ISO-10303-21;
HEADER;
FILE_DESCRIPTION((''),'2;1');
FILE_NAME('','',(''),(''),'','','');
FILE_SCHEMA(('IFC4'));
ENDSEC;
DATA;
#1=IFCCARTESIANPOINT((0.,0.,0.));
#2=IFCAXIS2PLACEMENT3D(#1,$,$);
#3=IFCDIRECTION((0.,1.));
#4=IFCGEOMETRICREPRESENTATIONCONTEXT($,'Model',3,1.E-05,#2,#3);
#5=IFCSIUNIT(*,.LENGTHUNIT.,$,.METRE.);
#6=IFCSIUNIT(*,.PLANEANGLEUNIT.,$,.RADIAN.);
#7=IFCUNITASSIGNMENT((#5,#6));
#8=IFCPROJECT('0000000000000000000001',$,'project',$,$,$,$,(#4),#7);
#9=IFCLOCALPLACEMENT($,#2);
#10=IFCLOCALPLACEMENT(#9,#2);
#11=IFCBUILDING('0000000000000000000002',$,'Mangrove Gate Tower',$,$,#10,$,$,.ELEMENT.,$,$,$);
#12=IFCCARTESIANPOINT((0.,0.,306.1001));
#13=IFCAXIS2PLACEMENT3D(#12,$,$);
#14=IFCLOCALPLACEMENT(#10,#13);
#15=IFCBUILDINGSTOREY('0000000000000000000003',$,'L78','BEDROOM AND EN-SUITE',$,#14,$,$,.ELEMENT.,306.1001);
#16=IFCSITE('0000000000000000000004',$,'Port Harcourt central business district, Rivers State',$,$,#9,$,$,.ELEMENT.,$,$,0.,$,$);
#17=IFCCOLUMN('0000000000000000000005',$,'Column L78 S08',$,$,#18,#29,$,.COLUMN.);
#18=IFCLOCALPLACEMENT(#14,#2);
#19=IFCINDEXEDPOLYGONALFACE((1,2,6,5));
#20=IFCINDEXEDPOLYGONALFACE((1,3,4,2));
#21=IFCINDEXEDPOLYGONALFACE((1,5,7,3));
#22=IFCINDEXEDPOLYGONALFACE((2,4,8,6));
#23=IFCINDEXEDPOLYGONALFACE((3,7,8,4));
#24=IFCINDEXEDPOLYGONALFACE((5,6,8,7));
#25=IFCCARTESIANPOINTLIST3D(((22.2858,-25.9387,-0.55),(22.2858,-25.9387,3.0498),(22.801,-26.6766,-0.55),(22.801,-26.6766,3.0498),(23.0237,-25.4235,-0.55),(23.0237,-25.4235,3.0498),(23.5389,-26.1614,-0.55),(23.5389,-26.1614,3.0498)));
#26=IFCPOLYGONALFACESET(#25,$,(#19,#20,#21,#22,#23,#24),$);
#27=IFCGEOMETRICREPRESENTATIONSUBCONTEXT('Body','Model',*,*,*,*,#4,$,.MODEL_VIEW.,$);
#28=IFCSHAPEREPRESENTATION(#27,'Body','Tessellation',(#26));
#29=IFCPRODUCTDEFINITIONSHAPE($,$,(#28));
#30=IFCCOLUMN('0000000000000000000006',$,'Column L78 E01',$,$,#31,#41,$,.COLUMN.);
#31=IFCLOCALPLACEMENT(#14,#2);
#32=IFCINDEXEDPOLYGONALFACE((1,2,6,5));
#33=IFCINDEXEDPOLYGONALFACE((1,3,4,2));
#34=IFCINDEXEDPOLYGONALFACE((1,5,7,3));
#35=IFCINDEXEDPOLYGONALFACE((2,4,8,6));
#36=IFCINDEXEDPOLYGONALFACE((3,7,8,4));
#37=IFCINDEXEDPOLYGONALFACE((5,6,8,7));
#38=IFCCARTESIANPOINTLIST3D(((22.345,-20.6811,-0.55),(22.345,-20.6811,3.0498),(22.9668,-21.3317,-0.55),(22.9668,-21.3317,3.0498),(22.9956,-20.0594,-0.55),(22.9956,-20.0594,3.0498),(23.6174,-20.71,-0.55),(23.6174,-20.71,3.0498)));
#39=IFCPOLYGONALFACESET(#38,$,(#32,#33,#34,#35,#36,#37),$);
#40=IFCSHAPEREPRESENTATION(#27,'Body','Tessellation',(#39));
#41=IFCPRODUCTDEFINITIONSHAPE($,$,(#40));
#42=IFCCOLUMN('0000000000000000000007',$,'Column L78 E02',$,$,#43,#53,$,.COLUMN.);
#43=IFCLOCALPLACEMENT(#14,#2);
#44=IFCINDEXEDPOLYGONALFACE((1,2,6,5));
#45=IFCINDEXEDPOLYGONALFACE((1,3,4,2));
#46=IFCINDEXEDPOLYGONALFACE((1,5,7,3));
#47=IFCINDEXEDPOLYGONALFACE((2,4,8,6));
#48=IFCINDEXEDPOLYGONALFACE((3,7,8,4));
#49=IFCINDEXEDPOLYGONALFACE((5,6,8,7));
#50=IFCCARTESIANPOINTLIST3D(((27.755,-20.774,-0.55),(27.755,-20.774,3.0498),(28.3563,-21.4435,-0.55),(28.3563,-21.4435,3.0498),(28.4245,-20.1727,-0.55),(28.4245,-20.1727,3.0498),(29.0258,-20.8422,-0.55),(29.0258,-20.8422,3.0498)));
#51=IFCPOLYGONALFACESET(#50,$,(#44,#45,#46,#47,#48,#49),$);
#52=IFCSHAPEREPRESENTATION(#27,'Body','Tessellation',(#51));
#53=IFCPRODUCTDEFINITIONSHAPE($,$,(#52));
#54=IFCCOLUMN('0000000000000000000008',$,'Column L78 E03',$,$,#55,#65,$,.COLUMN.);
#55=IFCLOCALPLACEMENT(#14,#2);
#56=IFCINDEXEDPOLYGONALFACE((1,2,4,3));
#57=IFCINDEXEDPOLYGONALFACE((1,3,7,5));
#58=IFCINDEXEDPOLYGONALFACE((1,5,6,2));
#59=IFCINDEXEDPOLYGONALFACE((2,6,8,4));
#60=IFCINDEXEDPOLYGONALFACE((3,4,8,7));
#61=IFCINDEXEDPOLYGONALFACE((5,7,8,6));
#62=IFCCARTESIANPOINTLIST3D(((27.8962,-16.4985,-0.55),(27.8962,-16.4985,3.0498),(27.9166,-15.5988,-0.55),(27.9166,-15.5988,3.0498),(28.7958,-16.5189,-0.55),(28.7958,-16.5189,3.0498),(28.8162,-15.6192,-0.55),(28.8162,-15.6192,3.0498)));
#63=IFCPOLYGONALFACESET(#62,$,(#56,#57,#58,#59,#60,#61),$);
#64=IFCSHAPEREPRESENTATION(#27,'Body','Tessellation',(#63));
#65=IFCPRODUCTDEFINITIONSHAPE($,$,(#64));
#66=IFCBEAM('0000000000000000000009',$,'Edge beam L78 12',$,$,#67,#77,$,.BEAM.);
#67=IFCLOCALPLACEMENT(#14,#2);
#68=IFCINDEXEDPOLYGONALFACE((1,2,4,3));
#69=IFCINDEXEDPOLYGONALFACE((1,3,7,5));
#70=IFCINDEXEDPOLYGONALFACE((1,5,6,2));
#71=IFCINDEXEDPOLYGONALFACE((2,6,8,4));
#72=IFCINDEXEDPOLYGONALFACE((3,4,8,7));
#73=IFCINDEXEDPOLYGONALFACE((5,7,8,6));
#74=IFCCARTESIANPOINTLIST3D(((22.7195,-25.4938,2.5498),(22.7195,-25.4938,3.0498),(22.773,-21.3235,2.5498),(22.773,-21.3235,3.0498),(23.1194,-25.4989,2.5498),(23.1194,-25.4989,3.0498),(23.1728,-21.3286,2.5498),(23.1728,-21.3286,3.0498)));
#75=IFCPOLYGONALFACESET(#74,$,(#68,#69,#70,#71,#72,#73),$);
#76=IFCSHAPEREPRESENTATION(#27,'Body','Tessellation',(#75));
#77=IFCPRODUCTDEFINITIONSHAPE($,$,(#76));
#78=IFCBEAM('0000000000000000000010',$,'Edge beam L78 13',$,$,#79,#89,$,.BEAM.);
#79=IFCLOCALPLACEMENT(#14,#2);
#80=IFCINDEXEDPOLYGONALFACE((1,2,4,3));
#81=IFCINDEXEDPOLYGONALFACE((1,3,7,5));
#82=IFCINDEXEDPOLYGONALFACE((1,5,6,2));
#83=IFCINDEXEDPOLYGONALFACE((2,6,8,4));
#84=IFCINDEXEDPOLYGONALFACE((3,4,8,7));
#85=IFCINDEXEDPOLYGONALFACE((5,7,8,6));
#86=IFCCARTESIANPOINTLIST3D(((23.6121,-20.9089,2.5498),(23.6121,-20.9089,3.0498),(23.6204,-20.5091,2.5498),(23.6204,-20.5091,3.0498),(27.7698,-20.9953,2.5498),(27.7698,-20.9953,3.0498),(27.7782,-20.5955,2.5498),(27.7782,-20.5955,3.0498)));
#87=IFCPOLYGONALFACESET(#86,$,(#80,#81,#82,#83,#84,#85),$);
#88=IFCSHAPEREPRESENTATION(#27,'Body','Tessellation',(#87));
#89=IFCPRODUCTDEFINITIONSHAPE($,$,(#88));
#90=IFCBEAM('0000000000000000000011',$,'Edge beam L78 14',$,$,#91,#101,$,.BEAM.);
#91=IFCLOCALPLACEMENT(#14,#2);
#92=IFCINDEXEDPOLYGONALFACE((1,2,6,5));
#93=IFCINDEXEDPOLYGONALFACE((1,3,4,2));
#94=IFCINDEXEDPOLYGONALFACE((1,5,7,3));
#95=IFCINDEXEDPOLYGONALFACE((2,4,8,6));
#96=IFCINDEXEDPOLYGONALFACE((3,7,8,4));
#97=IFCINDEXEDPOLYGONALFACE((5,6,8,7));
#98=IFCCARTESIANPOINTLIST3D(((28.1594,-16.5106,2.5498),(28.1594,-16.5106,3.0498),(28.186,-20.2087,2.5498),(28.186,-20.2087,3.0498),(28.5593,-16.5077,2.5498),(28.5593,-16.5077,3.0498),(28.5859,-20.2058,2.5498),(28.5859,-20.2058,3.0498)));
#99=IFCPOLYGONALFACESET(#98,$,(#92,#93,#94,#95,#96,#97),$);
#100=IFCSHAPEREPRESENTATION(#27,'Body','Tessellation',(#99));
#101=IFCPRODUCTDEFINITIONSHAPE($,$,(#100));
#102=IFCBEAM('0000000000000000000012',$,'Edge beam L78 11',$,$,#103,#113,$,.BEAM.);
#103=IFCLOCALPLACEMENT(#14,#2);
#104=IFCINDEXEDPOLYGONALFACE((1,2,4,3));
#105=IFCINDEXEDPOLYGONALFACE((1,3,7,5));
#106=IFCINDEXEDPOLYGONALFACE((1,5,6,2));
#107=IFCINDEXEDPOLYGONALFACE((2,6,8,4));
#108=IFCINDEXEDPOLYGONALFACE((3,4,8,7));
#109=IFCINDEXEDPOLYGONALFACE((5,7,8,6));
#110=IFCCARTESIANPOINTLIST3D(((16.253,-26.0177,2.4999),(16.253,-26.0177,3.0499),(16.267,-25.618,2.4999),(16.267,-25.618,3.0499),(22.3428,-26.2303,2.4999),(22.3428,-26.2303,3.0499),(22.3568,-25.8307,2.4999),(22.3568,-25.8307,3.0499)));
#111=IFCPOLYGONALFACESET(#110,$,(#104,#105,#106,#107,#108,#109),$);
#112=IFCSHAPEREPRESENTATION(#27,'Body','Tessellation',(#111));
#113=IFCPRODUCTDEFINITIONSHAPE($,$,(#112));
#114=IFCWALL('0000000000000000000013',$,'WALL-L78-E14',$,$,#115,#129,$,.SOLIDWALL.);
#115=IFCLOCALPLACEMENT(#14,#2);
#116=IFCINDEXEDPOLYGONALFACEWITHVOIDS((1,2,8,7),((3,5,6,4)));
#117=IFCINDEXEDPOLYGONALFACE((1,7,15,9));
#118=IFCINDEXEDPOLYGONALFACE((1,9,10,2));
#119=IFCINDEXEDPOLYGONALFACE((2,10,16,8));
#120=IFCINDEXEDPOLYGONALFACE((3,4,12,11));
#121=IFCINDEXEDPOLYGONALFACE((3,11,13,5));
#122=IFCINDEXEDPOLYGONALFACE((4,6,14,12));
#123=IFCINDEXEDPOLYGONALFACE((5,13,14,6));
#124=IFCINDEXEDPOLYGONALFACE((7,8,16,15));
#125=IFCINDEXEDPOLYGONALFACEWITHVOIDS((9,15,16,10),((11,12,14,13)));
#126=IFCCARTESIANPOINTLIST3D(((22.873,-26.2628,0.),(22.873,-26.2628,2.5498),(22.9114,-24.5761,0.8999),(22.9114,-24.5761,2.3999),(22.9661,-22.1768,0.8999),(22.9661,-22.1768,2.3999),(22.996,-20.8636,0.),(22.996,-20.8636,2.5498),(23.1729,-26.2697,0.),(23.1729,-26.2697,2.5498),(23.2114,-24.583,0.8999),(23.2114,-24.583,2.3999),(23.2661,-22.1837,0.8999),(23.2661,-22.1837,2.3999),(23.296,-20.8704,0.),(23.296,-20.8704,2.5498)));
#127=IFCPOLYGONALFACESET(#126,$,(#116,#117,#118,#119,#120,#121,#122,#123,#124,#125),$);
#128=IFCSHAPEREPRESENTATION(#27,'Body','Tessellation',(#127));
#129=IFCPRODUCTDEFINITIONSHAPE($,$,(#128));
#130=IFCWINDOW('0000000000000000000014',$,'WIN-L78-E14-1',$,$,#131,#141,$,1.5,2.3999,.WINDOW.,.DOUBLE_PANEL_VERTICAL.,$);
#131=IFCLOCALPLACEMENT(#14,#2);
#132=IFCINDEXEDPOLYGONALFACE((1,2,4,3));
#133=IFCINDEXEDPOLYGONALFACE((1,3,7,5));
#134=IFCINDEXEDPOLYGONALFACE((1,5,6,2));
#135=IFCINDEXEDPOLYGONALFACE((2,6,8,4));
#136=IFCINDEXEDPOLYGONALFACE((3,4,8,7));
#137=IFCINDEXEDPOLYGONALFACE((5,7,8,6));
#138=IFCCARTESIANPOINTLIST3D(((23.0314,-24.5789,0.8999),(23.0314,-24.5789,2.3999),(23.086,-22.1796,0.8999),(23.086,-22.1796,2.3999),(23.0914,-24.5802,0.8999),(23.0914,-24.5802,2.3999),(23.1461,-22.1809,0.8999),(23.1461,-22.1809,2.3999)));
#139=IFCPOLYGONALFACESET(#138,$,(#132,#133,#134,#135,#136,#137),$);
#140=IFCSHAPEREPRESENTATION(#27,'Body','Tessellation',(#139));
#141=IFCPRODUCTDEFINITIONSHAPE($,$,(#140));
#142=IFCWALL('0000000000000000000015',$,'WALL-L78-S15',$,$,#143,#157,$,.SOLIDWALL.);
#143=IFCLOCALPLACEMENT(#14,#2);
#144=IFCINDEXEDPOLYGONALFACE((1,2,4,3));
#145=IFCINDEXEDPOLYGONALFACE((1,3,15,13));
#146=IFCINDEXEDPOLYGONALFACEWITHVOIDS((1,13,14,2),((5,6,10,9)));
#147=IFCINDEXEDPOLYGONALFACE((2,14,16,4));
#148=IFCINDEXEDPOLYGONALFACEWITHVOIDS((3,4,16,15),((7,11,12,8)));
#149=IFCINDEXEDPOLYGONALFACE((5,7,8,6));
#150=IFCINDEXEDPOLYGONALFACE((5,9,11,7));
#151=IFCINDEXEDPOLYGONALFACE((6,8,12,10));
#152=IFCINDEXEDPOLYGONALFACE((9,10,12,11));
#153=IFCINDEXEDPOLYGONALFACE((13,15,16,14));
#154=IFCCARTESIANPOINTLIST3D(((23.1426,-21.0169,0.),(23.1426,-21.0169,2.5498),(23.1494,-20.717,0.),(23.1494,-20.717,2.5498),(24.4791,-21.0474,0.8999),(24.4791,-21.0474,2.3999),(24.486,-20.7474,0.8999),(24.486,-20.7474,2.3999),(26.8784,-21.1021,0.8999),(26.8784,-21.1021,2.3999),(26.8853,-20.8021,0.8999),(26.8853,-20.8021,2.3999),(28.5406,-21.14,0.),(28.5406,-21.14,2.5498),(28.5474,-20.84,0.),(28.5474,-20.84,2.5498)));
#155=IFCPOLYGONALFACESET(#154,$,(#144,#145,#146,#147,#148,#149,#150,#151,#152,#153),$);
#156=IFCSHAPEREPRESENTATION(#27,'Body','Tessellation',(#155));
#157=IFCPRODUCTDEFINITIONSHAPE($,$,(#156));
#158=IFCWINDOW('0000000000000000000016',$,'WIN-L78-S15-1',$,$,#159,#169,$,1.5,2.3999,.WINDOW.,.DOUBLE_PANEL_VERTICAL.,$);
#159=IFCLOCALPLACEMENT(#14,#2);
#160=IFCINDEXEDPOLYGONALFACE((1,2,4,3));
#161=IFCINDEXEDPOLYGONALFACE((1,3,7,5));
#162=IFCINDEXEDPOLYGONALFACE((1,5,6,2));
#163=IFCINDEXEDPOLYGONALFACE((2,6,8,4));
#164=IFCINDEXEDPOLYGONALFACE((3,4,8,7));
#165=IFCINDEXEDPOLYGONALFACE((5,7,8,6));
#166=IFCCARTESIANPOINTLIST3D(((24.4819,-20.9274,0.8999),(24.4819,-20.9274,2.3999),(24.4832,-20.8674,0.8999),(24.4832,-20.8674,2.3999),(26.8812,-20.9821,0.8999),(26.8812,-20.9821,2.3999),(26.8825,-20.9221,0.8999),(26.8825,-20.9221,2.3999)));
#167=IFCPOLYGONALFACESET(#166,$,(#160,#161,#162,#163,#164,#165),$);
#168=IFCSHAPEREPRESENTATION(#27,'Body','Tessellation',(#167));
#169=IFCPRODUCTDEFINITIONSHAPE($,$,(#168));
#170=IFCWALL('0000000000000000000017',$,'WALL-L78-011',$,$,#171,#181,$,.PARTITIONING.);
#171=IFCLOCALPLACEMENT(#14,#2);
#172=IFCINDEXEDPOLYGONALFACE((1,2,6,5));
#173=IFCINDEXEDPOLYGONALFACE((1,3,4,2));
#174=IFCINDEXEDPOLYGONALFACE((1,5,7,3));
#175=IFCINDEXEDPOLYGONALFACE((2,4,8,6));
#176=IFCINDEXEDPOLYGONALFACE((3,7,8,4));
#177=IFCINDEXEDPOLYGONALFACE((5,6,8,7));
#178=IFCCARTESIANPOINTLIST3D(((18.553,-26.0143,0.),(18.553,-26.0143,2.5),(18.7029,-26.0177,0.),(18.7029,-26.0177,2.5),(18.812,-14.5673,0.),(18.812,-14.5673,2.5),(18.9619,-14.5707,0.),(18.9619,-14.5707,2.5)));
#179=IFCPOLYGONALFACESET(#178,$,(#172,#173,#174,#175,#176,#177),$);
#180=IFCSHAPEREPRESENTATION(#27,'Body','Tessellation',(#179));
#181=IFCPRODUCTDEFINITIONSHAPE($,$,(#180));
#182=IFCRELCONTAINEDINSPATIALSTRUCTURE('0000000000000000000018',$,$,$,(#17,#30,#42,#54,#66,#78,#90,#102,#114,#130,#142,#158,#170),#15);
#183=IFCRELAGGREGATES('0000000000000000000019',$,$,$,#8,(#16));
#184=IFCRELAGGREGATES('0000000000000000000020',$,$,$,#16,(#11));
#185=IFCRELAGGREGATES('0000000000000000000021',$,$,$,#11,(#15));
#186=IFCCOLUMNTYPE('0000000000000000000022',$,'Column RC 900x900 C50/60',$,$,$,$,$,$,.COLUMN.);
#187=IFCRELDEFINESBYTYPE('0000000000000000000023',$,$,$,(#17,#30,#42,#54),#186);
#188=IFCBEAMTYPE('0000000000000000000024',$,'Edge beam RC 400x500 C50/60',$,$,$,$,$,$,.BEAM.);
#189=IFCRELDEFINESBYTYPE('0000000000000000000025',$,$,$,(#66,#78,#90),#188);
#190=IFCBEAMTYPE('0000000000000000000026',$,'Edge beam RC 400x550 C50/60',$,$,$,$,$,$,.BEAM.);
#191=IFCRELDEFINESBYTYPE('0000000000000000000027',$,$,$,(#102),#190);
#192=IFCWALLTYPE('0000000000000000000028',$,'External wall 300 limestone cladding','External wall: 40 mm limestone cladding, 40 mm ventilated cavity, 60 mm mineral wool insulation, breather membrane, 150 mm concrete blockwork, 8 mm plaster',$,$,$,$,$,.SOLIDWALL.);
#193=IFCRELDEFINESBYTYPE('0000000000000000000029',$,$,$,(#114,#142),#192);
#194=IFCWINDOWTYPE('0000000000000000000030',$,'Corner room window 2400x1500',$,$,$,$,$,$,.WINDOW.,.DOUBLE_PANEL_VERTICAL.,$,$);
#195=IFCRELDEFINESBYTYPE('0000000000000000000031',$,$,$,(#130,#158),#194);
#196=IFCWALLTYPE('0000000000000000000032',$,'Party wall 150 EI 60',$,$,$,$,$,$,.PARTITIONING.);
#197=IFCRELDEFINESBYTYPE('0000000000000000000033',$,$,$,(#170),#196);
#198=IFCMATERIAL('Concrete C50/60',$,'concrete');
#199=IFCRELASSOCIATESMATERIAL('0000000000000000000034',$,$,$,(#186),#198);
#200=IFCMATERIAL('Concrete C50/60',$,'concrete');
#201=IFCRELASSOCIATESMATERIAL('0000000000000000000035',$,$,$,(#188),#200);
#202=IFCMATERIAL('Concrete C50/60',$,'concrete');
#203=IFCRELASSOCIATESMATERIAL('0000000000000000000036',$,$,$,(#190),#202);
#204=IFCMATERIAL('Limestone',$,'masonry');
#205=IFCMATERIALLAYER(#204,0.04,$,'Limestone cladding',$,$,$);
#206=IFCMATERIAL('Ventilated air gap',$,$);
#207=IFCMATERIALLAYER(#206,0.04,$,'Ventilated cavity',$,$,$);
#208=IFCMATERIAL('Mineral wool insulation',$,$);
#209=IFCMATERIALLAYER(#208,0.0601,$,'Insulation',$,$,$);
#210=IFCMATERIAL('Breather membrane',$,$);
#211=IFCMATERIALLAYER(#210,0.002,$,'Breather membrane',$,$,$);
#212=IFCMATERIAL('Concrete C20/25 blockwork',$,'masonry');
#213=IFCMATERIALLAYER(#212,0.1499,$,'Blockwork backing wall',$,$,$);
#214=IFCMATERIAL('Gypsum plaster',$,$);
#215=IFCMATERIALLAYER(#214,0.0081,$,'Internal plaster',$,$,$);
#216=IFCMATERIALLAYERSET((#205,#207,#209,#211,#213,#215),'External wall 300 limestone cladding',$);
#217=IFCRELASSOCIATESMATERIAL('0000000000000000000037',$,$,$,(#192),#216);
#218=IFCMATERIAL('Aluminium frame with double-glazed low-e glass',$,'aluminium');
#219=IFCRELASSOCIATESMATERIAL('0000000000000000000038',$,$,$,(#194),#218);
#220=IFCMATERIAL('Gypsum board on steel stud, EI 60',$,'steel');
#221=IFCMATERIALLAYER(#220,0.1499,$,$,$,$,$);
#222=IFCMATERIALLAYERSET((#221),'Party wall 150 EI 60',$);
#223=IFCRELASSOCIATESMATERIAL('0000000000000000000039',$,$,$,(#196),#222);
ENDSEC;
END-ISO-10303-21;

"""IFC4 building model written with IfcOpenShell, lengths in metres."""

from ifc_helpers import new_model, si_unit, direction, frame, frame_2d, origin, origin_2d, place, context, subcontext, project, spatial, rectangle, extrude, material, layer, layer_set, material_profile, profile_set, type_object, element, fill, save


model = new_model("IFC4")

# Units and contexts
model_context = context("Model", 3, precision=1e-05, world=origin(), true_north=direction((0.0, 1.0)))
body_context = subcontext(model_context, "Body", "Model", "MODEL_VIEW")
ifc_project = project(units=[si_unit("LENGTHUNIT", "METRE"), si_unit("PLANEANGLEUNIT", "RADIAN")], contexts=[model_context])

# Site, building, storey
site_placement = place(None, origin())
site = spatial("IfcSite", under=ifc_project, at=site_placement, Name="Port Harcourt central business district, Rivers State", CompositionType="ELEMENT", RefElevation=0.0)
building_placement = place(site_placement, origin())
building = spatial("IfcBuilding", under=site, at=building_placement, Name="Mangrove Gate Tower", CompositionType="ELEMENT")
storey_placement = place(building_placement, frame((0.0, 0.0, 306.1001)))
storey = spatial("IfcBuildingStorey", under=building, at=storey_placement, Name="L78", Description="BEDROOM AND EN-SUITE", CompositionType="ELEMENT", Elevation=306.1001)

# Columns
ifc_material_1 = material(Name="Concrete C50/60", Category="concrete")
ifc_material_profile_1 = material_profile(ifc_material_1, rectangle(XDim=0.8999, YDim=0.8999, at=origin_2d()))
ifc_profile_set_1 = profile_set([ifc_material_profile_1], Name="Concrete C50/60")
column_type = type_object("IfcColumnType", Name="Column RC 900x900 C50/60", PredefinedType="COLUMN", material=ifc_profile_set_1)
for number, where, z_axis, x_axis, name in (
    (1, (22.9124, -26.05, -0.55), (0.0, 0.0, 1.0), (0.81992, 0.572478, 0.0), "Column L78 S08"),
    (2, (22.9812, -20.6956, -0.55), (0.0, 0.0, 1.0), (0.722966, 0.690884, 0.0), "Column L78 E01"),
    (3, (28.3904, -20.8081, -0.55), (0.0, 0.0, 1.0), (0.744005, 0.668174, 0.0), "Column L78 E02"),
    (4, (28.3562, -16.0588, -0.55), (0.0, 0.0, 1.0), (0.022661, 0.999743, 0.0), "Column L78 E03"),
):
    element("IfcColumn", number, at=place(storey_placement, frame(where, z_axis=z_axis, x_axis=x_axis)), inside=storey, type_object=column_type, Name=name, PredefinedType="COLUMN", context=body_context, shape_type="SweptSolid", body=[
        extrude(rectangle(XDim=0.8999, YDim=0.8999, at=origin_2d()), origin(), (0.0, 0.0, 1.0), 3.5999),
    ])

# Beams
ifc_material_2 = material(Name="Concrete C50/60", Category="concrete")
ifc_material_profile_2 = material_profile(ifc_material_2, rectangle(XDim=0.3999, YDim=0.5, at=origin_2d()))
ifc_profile_set_2 = profile_set([ifc_material_profile_2], Name="Concrete C50/60")
beam_type_1 = type_object("IfcBeamType", Name="Edge beam RC 400x500 C50/60", PredefinedType="BEAM", material=ifc_profile_set_2)
beam_1_placement = place(storey_placement, frame((22.9194, -25.4963, 2.7998), z_axis=(0.012819, 0.999918, 0.0), x_axis=(-0.999918, 0.012819, 0.0)))
element("IfcBeam", 5, at=beam_1_placement, inside=storey, type_object=beam_type_1, Name="Edge beam L78 12", PredefinedType="BEAM", context=body_context, shape_type="SweptSolid", body=[
    extrude(rectangle(XDim=0.3999, YDim=0.5, at=origin_2d()), origin(), (0.0, 0.0, 1.0), 4.1707),
])
beam_2_placement = place(storey_placement, frame((23.6162, -20.709, 2.7998), z_axis=(0.999784, -0.020782, 0.0), x_axis=(0.020782, 0.999784, 0.0)))
element("IfcBeam", 6, at=beam_2_placement, inside=storey, type_object=beam_type_1, Name="Edge beam L78 13", PredefinedType="BEAM", context=body_context, shape_type="SweptSolid", body=[
    extrude(rectangle(XDim=0.3999, YDim=0.5, at=origin_2d()), origin(), (0.0, 0.0, 1.0), 4.1587),
])
beam_3_placement = place(storey_placement, frame((28.386, -20.2073, 2.7998), z_axis=(-0.007195, 0.999974, 0.0), x_axis=(-0.999974, -0.007195, 0.0)))
element("IfcBeam", 7, at=beam_3_placement, inside=storey, type_object=beam_type_1, Name="Edge beam L78 14", PredefinedType="BEAM", context=body_context, shape_type="SweptSolid", body=[
    extrude(rectangle(XDim=0.3999, YDim=0.5, at=origin_2d()), origin(), (0.0, 0.0, 1.0), 3.6982),
])
ifc_material_3 = material(Name="Concrete C50/60", Category="concrete")
ifc_material_profile_3 = material_profile(ifc_material_3, rectangle(XDim=0.3999, YDim=0.55, at=origin_2d()))
ifc_profile_set_3 = profile_set([ifc_material_profile_3], Name="Concrete C50/60")
beam_type_2 = type_object("IfcBeamType", Name="Edge beam RC 400x550 C50/60", PredefinedType="BEAM", material=ifc_profile_set_3)
beam_4_placement = place(storey_placement, frame((16.26, -25.8179, 2.7749), z_axis=(0.999391, -0.034897, 0.0), x_axis=(0.034897, 0.999391, 0.0)))
element("IfcBeam", 8, at=beam_4_placement, inside=storey, type_object=beam_type_2, Name="Edge beam L78 11", PredefinedType="BEAM", context=body_context, shape_type="SweptSolid", body=[
    extrude(rectangle(XDim=0.3999, YDim=0.55, at=origin_2d()), origin(), (0.0, 0.0, 1.0), 6.0935),
])

# Shared definitions
ifc_material_4 = material(Name="Limestone", Category="masonry")
ifc_layer_1 = layer(ifc_material_4, 0.04, Name="Limestone cladding")
ifc_material_5 = material(Name="Ventilated air gap")
ifc_layer_2 = layer(ifc_material_5, 0.04, Name="Ventilated cavity")
ifc_material_6 = material(Name="Mineral wool insulation")
ifc_layer_3 = layer(ifc_material_6, 0.0601, Name="Insulation")
ifc_material_7 = material(Name="Breather membrane")
ifc_layer_4 = layer(ifc_material_7, 0.002, Name="Breather membrane")
ifc_material_8 = material(Name="Concrete C20/25 blockwork", Category="masonry")
ifc_layer_5 = layer(ifc_material_8, 0.1499, Name="Blockwork backing wall")
ifc_material_9 = material(Name="Gypsum plaster")
ifc_layer_6 = layer(ifc_material_9, 0.0081, Name="Internal plaster")
ifc_layer_set_1 = layer_set([ifc_layer_1, ifc_layer_2, ifc_layer_3, ifc_layer_4, ifc_layer_5, ifc_layer_6], Name="External wall 300 limestone cladding")
wall_type_1 = type_object("IfcWallType", Name="External wall 300 limestone cladding", Description="External wall: 40 mm limestone cladding, 40 mm ventilated cavity, 60 mm mineral wool insulation, breather membrane, 150 mm concrete blockwork, 8 mm plaster", PredefinedType="SOLIDWALL", material=ifc_layer_set_1)

# Walls, openings, windows
wall_1_placement = place(storey_placement, frame((23.0229, -26.2661, 0.0), z_axis=(0.0, 0.0, 1.0), x_axis=(0.022784, 0.99974, 0.0)))
wall_1 = element("IfcWall", 9, at=wall_1_placement, inside=storey, type_object=wall_type_1, Name="WALL-L78-E14", PredefinedType="SOLIDWALL", context=body_context, shape_type="SweptSolid", body=[
    extrude(rectangle(XDim=5.4006, YDim=0.3, at=frame_2d((2.7002, 0.0))), origin(), (0.0, 0.0, 1.0), 2.5498),
])
opening_1_placement = place(wall_1_placement, frame((1.687, 0.0, 0.8999)))
opening_1 = element("IfcOpeningElement", 10, at=opening_1_placement, cuts=wall_1, PredefinedType="OPENING", context=body_context, shape_type="SweptSolid", body=[
    extrude(rectangle(XDim=2.3999, YDim=1.5, at=frame_2d((1.2, 0.75))), frame((0.0, 0.1599, 0.0), z_axis=(0.0, -1.0, 0.0), x_axis=(1.0, 0.0, 0.0)), (0.0, 0.0, 1.0), 0.3201),
])
ifc_material_10 = material(Name="Aluminium frame with double-glazed low-e glass", Category="aluminium")
window_type_1 = type_object("IfcWindowType", Name="Corner room window 2400x1500", PartitioningType="DOUBLE_PANEL_VERTICAL", PredefinedType="WINDOW", material=ifc_material_10)
window_1_placement = place(opening_1_placement, origin())
window_1 = element("IfcWindow", 11, at=window_1_placement, inside=storey, type_object=window_type_1, Name="WIN-L78-E14-1", OverallHeight=1.5, OverallWidth=2.3999, PartitioningType="DOUBLE_PANEL_VERTICAL", PredefinedType="WINDOW", context=body_context, shape_type="SweptSolid", body=[
    extrude(rectangle(XDim=2.3999, YDim=1.5, at=frame_2d((1.2, 0.75))), frame((0.0, 0.03, 0.0), z_axis=(0.0, -1.0, 0.0), x_axis=(1.0, 0.0, 0.0)), (0.0, 0.0, 1.0), 0.0601),
])
fill(opening_1, window_1)
wall_2_placement = place(storey_placement, frame((23.146, -20.8669, 0.0), z_axis=(0.0, 0.0, 1.0), x_axis=(0.99974, -0.022789, 0.0)))
wall_2 = element("IfcWall", 12, at=wall_2_placement, inside=storey, type_object=wall_type_1, Name="WALL-L78-S15", PredefinedType="SOLIDWALL", context=body_context, shape_type="SweptSolid", body=[
    extrude(rectangle(XDim=5.3994, YDim=0.3, at=frame_2d((2.6997, 0.0))), origin(), (0.0, 0.0, 1.0), 2.5498),
])
opening_2_placement = place(wall_2_placement, frame((1.3369, 0.0, 0.8999)))
opening_2 = element("IfcOpeningElement", 13, at=opening_2_placement, cuts=wall_2, PredefinedType="OPENING", context=body_context, shape_type="SweptSolid", body=[
    extrude(rectangle(XDim=2.3999, YDim=1.5, at=frame_2d((1.2, 0.75))), frame((0.0, 0.1599, 0.0), z_axis=(0.0, -1.0, 0.0), x_axis=(1.0, 0.0, 0.0)), (0.0, 0.0, 1.0), 0.3201),
])
window_2_placement = place(opening_2_placement, origin())
window_2 = element("IfcWindow", 14, at=window_2_placement, inside=storey, type_object=window_type_1, Name="WIN-L78-S15-1", OverallHeight=1.5, OverallWidth=2.3999, PartitioningType="DOUBLE_PANEL_VERTICAL", PredefinedType="WINDOW", context=body_context, shape_type="SweptSolid", body=[
    extrude(rectangle(XDim=2.3999, YDim=1.5, at=frame_2d((1.2, 0.75))), frame((0.0, 0.03, 0.0), z_axis=(0.0, -1.0, 0.0), x_axis=(1.0, 0.0, 0.0)), (0.0, 0.0, 1.0), 0.0601),
])
fill(opening_2, window_2)

# Wall
ifc_material_11 = material(Name="Gypsum board on steel stud, EI 60", Category="steel")
ifc_layer_7 = layer(ifc_material_11, 0.1499)
ifc_layer_set_2 = layer_set([ifc_layer_7], Name="Party wall 150 EI 60")
wall_type_2 = type_object("IfcWallType", Name="Party wall 150 EI 60", PredefinedType="PARTITIONING", material=ifc_layer_set_2)
wall_3_placement = place(storey_placement, frame((18.6279, -26.0161, 0.0), z_axis=(0.0, 0.0, 1.0), x_axis=(0.022623, 0.999744, 0.0)))
element("IfcWall", 15, at=wall_3_placement, inside=storey, type_object=wall_type_2, Name="WALL-L78-011", PredefinedType="PARTITIONING", context=body_context, shape_type="SweptSolid", body=[
    extrude(rectangle(XDim=11.45, YDim=0.1499, at=frame_2d((5.7251, 0.0))), origin(), (0.0, 0.0, 1.0), 2.5),
])

save(model, "model.ifc")
